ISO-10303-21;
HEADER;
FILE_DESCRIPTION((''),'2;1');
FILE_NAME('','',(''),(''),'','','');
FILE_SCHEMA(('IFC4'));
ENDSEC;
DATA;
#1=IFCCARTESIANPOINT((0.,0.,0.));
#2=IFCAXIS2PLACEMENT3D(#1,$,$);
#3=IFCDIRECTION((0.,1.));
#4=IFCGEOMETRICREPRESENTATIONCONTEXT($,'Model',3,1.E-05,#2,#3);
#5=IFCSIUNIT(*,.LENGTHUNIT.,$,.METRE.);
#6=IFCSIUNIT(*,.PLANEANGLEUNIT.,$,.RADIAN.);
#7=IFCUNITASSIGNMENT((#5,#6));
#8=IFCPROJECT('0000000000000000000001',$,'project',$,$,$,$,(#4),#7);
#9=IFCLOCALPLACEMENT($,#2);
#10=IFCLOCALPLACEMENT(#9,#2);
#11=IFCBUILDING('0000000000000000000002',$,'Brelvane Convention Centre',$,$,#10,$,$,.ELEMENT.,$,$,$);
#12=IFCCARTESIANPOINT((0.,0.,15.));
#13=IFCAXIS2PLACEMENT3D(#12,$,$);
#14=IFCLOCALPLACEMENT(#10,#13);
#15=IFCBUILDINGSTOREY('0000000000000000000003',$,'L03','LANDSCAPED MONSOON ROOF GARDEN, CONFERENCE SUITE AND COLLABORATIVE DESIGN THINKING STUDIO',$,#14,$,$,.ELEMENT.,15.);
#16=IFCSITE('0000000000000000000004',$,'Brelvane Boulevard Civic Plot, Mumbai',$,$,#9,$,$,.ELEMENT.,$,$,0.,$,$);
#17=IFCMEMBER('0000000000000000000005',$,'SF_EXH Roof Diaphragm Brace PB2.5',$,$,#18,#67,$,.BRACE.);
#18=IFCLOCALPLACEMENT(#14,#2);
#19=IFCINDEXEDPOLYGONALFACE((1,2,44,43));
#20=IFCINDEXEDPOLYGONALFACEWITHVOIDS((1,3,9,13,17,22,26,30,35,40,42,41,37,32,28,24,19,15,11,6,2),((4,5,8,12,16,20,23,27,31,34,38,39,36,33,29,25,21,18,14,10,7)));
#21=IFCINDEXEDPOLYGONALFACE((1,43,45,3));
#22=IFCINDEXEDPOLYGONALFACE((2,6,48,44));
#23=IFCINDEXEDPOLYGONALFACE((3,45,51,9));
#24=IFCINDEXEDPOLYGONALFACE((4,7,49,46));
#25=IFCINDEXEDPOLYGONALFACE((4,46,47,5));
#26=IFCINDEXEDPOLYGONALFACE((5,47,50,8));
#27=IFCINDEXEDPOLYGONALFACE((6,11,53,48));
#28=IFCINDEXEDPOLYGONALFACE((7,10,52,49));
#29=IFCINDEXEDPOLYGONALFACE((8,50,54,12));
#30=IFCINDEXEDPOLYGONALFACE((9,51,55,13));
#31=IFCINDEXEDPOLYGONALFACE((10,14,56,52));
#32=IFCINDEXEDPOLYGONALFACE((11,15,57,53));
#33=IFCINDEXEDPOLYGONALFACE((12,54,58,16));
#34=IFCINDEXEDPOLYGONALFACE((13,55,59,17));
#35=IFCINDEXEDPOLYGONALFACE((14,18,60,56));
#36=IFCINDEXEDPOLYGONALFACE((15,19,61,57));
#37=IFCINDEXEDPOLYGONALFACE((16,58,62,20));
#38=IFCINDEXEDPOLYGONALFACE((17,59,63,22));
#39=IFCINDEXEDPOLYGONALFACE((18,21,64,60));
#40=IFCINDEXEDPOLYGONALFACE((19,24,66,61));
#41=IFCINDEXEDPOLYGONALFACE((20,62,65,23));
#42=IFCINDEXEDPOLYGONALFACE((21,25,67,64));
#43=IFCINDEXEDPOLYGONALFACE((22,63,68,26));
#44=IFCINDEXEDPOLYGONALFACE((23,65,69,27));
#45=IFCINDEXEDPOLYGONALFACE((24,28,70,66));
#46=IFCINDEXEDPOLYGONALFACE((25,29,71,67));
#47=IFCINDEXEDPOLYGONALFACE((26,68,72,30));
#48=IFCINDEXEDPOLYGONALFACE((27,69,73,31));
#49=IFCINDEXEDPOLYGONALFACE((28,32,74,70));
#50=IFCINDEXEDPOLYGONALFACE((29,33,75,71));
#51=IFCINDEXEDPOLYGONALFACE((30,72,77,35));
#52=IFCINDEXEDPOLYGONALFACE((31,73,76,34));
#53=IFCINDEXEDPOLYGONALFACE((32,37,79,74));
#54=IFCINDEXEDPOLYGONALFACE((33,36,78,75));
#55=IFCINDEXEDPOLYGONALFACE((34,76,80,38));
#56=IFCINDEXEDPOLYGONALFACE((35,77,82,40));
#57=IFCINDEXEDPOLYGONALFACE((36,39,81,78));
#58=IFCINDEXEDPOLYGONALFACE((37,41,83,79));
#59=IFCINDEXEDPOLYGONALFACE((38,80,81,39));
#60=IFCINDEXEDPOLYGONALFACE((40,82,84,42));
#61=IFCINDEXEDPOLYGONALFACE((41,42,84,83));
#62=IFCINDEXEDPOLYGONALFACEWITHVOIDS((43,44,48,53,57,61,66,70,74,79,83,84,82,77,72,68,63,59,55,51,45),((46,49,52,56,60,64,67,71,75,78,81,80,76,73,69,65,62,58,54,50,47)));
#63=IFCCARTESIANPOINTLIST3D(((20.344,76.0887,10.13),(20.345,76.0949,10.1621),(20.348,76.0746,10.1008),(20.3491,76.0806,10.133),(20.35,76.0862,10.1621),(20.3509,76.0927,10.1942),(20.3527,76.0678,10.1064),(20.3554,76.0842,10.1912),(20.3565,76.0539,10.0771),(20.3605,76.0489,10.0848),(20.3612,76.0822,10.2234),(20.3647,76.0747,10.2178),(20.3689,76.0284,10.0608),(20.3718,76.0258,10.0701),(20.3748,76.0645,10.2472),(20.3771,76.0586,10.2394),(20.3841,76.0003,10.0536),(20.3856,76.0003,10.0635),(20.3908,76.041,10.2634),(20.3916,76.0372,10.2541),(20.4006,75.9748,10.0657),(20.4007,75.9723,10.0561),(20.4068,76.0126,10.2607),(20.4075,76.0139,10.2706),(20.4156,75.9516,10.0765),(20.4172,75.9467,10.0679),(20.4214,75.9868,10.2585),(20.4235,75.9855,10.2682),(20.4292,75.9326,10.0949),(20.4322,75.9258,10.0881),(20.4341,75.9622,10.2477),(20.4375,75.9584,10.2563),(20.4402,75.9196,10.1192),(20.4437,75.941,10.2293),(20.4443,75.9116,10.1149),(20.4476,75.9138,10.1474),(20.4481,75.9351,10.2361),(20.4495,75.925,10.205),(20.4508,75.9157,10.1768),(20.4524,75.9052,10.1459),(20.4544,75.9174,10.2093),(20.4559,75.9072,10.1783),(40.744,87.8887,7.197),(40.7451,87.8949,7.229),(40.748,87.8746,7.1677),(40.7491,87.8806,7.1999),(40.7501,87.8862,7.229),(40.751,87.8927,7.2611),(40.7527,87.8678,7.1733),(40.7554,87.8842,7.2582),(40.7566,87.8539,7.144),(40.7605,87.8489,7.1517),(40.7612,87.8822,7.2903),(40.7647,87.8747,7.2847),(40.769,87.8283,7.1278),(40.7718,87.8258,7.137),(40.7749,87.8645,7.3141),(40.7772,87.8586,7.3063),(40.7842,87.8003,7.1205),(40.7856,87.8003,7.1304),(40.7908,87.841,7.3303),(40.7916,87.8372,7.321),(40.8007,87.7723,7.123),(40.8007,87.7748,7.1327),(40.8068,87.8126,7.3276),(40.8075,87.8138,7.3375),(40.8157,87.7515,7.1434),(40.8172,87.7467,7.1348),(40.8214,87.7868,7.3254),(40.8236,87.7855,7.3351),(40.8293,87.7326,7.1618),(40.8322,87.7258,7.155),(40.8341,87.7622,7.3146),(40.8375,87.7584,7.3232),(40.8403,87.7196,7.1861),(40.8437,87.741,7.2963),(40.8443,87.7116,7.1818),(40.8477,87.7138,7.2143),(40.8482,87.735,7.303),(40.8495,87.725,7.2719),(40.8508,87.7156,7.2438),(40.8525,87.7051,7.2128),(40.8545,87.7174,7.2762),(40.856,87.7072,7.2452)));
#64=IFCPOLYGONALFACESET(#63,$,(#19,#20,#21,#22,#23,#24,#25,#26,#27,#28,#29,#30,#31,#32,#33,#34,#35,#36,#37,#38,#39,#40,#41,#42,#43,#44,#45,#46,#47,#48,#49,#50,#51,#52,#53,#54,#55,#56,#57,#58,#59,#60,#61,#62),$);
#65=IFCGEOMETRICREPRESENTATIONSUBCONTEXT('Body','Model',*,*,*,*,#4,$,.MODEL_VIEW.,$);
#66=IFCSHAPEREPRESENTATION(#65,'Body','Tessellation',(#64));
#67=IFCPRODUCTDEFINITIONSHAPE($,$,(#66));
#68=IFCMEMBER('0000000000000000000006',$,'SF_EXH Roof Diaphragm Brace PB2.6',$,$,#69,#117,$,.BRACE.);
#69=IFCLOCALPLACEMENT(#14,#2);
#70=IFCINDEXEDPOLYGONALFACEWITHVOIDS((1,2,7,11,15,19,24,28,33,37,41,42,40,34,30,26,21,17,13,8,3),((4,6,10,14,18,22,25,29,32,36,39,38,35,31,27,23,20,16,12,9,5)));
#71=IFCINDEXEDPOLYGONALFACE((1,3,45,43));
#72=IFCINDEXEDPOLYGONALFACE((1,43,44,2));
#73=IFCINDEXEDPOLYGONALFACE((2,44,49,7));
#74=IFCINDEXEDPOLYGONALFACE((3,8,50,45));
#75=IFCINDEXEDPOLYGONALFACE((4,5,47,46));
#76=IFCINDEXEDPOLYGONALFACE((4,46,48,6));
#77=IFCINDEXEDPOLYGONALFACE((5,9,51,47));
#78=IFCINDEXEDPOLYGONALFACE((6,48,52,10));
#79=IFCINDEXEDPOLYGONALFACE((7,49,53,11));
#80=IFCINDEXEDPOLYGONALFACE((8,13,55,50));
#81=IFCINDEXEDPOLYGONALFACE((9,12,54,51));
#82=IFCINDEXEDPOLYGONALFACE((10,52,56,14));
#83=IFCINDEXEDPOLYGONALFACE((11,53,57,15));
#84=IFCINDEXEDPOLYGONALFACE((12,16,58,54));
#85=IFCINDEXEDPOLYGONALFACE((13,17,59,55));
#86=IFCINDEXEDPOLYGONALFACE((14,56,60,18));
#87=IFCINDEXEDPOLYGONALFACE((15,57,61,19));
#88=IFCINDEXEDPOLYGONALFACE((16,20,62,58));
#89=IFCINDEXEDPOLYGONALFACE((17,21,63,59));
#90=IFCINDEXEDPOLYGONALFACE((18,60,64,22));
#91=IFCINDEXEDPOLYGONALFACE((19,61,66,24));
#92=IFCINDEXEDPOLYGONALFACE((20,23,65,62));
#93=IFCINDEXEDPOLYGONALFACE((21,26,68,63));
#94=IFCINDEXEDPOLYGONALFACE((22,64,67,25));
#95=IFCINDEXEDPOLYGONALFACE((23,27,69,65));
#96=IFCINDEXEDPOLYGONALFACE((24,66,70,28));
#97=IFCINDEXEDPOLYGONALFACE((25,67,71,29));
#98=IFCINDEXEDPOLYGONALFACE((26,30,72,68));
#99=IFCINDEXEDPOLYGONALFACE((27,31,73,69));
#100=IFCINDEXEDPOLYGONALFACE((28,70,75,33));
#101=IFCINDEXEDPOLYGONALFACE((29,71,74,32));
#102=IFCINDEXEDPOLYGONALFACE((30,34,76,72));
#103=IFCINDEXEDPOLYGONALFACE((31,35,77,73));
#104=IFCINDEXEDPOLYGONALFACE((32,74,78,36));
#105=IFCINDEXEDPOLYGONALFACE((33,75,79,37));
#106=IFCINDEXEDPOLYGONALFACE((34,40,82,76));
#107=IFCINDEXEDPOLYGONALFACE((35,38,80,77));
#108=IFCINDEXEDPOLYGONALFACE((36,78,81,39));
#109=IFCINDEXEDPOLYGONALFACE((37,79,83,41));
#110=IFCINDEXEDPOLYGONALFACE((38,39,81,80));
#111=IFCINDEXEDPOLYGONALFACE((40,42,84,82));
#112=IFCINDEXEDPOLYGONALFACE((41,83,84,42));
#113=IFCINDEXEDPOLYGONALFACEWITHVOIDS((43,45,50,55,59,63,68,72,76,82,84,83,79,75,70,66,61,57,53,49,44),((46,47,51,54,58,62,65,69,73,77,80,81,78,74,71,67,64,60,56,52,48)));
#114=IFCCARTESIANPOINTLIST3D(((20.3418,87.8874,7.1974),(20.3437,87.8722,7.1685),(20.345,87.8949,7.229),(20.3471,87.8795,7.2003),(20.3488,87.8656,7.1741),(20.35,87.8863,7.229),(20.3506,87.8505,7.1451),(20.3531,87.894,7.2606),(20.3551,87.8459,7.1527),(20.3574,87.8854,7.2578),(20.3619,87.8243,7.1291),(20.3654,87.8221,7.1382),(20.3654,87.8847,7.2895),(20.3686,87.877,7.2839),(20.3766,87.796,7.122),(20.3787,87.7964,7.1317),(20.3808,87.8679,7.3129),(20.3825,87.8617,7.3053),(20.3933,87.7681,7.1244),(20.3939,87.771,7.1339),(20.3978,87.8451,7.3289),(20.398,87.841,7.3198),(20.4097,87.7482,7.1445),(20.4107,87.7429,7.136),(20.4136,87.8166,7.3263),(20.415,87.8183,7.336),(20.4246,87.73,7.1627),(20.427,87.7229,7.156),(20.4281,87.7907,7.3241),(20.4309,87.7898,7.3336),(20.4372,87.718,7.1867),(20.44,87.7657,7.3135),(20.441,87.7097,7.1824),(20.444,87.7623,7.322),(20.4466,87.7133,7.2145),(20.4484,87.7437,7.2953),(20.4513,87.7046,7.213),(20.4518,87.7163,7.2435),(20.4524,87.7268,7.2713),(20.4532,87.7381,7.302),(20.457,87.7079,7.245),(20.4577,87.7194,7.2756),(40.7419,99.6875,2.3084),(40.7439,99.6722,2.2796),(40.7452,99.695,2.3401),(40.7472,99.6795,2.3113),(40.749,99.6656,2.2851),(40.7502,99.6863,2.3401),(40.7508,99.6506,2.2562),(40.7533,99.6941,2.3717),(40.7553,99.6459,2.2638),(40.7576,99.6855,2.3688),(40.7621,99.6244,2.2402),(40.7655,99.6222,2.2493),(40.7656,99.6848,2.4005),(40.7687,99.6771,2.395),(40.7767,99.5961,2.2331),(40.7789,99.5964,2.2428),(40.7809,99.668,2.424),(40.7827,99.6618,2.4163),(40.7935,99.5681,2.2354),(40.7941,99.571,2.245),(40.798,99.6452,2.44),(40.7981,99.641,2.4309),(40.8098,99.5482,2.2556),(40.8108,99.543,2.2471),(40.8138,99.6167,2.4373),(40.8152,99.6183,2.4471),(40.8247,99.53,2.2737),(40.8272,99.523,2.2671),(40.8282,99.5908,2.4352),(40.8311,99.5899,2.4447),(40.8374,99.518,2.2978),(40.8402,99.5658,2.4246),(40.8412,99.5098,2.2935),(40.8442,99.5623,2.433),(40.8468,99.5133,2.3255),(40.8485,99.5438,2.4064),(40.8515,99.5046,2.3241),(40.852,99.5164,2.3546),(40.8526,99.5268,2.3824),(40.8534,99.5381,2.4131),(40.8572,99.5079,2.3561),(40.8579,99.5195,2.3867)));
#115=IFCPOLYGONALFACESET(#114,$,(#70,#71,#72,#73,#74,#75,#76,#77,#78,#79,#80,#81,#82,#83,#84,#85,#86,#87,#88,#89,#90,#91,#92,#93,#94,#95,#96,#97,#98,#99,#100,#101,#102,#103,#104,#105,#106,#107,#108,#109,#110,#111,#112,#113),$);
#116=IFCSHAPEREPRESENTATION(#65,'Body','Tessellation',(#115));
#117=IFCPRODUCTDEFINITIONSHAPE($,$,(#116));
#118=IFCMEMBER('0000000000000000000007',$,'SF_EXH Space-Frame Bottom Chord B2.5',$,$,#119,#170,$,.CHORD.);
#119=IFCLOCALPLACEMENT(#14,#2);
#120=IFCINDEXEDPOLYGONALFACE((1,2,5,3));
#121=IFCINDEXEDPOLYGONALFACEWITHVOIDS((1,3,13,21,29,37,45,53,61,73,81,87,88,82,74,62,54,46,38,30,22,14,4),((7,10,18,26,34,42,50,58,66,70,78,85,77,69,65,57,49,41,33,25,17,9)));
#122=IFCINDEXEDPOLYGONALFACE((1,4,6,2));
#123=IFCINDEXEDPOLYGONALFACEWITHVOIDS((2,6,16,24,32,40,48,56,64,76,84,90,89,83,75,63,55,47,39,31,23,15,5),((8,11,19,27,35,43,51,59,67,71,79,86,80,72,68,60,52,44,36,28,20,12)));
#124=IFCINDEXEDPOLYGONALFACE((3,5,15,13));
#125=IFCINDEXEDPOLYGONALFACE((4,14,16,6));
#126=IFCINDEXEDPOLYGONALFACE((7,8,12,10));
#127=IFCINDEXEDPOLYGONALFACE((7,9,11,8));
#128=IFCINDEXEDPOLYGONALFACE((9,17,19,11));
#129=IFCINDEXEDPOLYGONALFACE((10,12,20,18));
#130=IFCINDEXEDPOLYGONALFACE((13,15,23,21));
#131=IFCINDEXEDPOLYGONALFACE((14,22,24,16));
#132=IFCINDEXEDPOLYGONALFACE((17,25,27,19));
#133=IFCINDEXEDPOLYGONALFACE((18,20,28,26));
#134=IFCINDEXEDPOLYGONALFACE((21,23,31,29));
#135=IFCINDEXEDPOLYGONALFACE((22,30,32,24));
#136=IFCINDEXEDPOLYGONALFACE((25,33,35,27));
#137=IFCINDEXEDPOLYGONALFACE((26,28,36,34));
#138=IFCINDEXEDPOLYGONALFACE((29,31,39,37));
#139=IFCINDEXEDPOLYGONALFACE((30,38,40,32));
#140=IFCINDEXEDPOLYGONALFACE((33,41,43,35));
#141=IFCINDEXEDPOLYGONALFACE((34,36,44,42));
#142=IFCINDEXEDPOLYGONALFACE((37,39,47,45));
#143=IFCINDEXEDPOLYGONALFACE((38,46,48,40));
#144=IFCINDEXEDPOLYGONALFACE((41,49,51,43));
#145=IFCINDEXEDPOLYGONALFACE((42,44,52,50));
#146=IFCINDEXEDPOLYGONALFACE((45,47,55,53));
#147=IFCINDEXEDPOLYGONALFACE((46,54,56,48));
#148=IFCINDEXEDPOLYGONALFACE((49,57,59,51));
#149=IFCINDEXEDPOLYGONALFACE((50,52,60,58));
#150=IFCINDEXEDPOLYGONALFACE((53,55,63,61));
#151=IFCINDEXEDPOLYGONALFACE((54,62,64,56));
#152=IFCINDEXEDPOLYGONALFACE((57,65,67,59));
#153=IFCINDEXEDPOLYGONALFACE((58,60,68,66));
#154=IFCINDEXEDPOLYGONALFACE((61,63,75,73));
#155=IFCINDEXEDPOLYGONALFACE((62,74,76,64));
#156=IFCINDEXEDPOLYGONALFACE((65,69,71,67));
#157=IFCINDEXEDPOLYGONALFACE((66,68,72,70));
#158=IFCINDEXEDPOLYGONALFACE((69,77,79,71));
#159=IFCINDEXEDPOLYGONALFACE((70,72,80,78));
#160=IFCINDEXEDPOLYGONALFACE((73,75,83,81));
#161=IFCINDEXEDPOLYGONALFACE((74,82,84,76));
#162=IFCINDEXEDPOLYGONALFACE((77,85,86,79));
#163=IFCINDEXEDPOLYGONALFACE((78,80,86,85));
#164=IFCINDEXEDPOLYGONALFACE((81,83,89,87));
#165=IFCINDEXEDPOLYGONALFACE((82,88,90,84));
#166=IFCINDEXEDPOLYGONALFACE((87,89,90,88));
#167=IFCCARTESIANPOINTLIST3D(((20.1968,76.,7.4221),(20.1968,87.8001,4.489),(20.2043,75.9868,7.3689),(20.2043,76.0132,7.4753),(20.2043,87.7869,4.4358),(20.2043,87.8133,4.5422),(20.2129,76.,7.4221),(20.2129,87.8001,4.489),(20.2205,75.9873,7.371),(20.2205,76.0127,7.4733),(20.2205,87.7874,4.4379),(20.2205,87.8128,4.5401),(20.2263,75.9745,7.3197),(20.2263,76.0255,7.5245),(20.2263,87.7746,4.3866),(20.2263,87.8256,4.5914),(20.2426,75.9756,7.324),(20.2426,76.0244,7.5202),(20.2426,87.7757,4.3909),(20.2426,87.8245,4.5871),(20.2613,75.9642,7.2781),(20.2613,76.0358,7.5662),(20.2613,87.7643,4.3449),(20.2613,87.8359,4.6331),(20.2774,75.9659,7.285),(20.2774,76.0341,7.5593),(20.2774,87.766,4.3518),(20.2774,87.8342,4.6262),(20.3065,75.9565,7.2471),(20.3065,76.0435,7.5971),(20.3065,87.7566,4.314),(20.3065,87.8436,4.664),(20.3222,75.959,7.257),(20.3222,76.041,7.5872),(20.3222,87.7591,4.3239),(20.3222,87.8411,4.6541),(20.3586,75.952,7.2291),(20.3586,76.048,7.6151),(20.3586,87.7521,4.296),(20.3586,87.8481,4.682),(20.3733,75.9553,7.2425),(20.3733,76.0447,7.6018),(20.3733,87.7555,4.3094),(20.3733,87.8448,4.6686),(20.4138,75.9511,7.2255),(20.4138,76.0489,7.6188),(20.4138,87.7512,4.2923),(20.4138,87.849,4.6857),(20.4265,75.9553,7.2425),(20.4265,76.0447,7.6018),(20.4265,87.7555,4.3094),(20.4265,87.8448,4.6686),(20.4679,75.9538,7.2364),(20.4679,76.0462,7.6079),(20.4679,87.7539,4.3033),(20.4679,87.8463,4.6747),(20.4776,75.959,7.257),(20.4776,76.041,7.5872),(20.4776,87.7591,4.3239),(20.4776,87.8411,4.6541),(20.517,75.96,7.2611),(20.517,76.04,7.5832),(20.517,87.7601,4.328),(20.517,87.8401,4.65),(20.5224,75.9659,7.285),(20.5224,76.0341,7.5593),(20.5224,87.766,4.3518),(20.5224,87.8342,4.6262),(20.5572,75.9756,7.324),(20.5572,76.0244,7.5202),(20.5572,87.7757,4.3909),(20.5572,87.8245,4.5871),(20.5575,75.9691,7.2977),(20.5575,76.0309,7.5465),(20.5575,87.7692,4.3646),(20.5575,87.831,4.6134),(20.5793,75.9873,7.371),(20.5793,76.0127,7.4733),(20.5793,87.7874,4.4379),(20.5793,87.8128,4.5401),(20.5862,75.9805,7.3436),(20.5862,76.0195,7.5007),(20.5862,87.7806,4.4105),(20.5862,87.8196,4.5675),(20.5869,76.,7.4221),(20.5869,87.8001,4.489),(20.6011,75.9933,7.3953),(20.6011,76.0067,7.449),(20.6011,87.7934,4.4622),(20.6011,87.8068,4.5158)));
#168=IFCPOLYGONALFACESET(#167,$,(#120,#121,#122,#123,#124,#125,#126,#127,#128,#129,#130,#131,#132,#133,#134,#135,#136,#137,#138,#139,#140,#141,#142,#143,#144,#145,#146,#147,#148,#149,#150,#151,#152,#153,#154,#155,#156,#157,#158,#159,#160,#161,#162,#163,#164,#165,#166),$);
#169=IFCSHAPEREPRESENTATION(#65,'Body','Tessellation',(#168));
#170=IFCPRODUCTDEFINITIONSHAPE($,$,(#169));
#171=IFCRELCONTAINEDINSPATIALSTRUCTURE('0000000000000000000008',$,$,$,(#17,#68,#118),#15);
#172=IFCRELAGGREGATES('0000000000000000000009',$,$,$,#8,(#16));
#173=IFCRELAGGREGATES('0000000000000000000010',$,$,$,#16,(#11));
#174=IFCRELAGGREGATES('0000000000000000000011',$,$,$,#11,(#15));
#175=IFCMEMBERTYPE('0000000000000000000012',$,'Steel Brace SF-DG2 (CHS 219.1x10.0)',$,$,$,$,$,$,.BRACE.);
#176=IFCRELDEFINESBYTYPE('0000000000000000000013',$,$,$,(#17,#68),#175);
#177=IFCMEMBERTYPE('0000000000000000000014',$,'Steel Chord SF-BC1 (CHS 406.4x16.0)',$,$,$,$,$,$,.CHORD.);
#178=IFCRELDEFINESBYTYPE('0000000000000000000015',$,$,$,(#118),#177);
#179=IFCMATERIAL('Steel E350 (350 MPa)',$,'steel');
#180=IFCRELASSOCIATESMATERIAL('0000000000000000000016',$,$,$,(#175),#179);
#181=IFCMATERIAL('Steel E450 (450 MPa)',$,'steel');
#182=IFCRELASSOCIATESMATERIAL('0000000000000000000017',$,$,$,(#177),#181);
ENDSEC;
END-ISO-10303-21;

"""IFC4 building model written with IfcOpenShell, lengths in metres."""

from ifc_helpers import new_model, si_unit, direction, frame, origin, origin_2d, place, context, subcontext, project, spatial, hollow_circle, extrude, material, material_profile, profile_set, type_object, element, save


model = new_model("IFC4")

# Units and contexts
model_context = context("Model", 3, precision=1e-05, world=origin(), true_north=direction((0.0, 1.0)))
body_context = subcontext(model_context, "Body", "Model", "MODEL_VIEW")
ifc_project = project(units=[si_unit("LENGTHUNIT", "METRE"), si_unit("PLANEANGLEUNIT", "RADIAN")], contexts=[model_context])

# Site, building, storey
site_placement = place(None, origin())
site = spatial("IfcSite", under=ifc_project, at=site_placement, Name="Brelvane Boulevard Civic Plot, Mumbai", CompositionType="ELEMENT", RefElevation=0.0)
building_placement = place(site_placement, origin())
building = spatial("IfcBuilding", under=site, at=building_placement, Name="Brelvane Convention Centre", CompositionType="ELEMENT")
storey_placement = place(building_placement, frame((0.0, 0.0, 15.0)))
storey = spatial("IfcBuildingStorey", under=building, at=storey_placement, Name="L03", Description="LANDSCAPED MONSOON ROOF GARDEN, CONFERENCE SUITE AND COLLABORATIVE DESIGN THINKING STUDIO", CompositionType="ELEMENT", Elevation=15.0)

# Members
ifc_material_1 = material(Name="Steel E350 (350 MPa)", Category="steel")
ifc_material_profile_1 = material_profile(ifc_material_1, hollow_circle(Radius=0.1096, WallThickness=0.01, at=origin_2d()), Name="CHS 219.1x10.0")
ifc_profile_set_1 = profile_set([ifc_material_profile_1], Name="Steel E350 (350 MPa)")
member_type_1 = type_object("IfcMemberType", Name="Steel Brace SF-DG2 (CHS 219.1x10.0)", PredefinedType="BRACE", material=ifc_profile_set_1)
member_1_placement = place(storey_placement, frame((20.3999, 76.0, 10.1621), z_axis=(0.858993, 0.496867, -0.123505), x_axis=(-0.500701, 0.865621, 0.0)))
element("IfcMember", 1, at=member_1_placement, inside=storey, type_object=member_type_1, Name="SF_EXH Roof Diaphragm Brace PB2.5", PredefinedType="BRACE", context=body_context, shape_type="SweptSolid", body=[
    extrude(hollow_circle(Radius=0.1096, WallThickness=0.01, at=origin_2d()), origin(), (0.0, 0.0, 1.0), 23.7488),
])
member_2_placement = place(storey_placement, frame((20.3999, 87.8, 7.229), z_axis=(0.847575, 0.490263, -0.203122), x_axis=(-0.500701, 0.865621, 0.0)))
element("IfcMember", 2, at=member_2_placement, inside=storey, type_object=member_type_1, Name="SF_EXH Roof Diaphragm Brace PB2.6", PredefinedType="BRACE", context=body_context, shape_type="SweptSolid", body=[
    extrude(hollow_circle(Radius=0.1096, WallThickness=0.01, at=origin_2d()), origin(), (0.0, 0.0, 1.0), 24.0688),
])
ifc_material_2 = material(Name="Steel E450 (450 MPa)", Category="steel")
ifc_material_profile_2 = material_profile(ifc_material_2, hollow_circle(Radius=0.2031, WallThickness=0.0161, at=origin_2d()), Name="CHS 406.4x16.0")
ifc_profile_set_2 = profile_set([ifc_material_profile_2], Name="Steel E450 (450 MPa)")
member_type_2 = type_object("IfcMemberType", Name="Steel Chord SF-BC1 (CHS 406.4x16.0)", PredefinedType="CHORD", material=ifc_profile_set_2)
member_3_placement = place(storey_placement, frame((20.3999, 76.0, 7.4221), z_axis=(0.0, 0.970469, -0.241227), x_axis=(-1.0, 0.0, 0.0)))
element("IfcMember", 3, at=member_3_placement, inside=storey, type_object=member_type_2, Name="SF_EXH Space-Frame Bottom Chord B2.5", PredefinedType="CHORD", context=body_context, shape_type="SweptSolid", body=[
    extrude(hollow_circle(Radius=0.2031, WallThickness=0.0161, at=origin_2d()), origin(), (0.0, 0.0, 1.0), 12.1592),
])

save(model, "model.ifc")
